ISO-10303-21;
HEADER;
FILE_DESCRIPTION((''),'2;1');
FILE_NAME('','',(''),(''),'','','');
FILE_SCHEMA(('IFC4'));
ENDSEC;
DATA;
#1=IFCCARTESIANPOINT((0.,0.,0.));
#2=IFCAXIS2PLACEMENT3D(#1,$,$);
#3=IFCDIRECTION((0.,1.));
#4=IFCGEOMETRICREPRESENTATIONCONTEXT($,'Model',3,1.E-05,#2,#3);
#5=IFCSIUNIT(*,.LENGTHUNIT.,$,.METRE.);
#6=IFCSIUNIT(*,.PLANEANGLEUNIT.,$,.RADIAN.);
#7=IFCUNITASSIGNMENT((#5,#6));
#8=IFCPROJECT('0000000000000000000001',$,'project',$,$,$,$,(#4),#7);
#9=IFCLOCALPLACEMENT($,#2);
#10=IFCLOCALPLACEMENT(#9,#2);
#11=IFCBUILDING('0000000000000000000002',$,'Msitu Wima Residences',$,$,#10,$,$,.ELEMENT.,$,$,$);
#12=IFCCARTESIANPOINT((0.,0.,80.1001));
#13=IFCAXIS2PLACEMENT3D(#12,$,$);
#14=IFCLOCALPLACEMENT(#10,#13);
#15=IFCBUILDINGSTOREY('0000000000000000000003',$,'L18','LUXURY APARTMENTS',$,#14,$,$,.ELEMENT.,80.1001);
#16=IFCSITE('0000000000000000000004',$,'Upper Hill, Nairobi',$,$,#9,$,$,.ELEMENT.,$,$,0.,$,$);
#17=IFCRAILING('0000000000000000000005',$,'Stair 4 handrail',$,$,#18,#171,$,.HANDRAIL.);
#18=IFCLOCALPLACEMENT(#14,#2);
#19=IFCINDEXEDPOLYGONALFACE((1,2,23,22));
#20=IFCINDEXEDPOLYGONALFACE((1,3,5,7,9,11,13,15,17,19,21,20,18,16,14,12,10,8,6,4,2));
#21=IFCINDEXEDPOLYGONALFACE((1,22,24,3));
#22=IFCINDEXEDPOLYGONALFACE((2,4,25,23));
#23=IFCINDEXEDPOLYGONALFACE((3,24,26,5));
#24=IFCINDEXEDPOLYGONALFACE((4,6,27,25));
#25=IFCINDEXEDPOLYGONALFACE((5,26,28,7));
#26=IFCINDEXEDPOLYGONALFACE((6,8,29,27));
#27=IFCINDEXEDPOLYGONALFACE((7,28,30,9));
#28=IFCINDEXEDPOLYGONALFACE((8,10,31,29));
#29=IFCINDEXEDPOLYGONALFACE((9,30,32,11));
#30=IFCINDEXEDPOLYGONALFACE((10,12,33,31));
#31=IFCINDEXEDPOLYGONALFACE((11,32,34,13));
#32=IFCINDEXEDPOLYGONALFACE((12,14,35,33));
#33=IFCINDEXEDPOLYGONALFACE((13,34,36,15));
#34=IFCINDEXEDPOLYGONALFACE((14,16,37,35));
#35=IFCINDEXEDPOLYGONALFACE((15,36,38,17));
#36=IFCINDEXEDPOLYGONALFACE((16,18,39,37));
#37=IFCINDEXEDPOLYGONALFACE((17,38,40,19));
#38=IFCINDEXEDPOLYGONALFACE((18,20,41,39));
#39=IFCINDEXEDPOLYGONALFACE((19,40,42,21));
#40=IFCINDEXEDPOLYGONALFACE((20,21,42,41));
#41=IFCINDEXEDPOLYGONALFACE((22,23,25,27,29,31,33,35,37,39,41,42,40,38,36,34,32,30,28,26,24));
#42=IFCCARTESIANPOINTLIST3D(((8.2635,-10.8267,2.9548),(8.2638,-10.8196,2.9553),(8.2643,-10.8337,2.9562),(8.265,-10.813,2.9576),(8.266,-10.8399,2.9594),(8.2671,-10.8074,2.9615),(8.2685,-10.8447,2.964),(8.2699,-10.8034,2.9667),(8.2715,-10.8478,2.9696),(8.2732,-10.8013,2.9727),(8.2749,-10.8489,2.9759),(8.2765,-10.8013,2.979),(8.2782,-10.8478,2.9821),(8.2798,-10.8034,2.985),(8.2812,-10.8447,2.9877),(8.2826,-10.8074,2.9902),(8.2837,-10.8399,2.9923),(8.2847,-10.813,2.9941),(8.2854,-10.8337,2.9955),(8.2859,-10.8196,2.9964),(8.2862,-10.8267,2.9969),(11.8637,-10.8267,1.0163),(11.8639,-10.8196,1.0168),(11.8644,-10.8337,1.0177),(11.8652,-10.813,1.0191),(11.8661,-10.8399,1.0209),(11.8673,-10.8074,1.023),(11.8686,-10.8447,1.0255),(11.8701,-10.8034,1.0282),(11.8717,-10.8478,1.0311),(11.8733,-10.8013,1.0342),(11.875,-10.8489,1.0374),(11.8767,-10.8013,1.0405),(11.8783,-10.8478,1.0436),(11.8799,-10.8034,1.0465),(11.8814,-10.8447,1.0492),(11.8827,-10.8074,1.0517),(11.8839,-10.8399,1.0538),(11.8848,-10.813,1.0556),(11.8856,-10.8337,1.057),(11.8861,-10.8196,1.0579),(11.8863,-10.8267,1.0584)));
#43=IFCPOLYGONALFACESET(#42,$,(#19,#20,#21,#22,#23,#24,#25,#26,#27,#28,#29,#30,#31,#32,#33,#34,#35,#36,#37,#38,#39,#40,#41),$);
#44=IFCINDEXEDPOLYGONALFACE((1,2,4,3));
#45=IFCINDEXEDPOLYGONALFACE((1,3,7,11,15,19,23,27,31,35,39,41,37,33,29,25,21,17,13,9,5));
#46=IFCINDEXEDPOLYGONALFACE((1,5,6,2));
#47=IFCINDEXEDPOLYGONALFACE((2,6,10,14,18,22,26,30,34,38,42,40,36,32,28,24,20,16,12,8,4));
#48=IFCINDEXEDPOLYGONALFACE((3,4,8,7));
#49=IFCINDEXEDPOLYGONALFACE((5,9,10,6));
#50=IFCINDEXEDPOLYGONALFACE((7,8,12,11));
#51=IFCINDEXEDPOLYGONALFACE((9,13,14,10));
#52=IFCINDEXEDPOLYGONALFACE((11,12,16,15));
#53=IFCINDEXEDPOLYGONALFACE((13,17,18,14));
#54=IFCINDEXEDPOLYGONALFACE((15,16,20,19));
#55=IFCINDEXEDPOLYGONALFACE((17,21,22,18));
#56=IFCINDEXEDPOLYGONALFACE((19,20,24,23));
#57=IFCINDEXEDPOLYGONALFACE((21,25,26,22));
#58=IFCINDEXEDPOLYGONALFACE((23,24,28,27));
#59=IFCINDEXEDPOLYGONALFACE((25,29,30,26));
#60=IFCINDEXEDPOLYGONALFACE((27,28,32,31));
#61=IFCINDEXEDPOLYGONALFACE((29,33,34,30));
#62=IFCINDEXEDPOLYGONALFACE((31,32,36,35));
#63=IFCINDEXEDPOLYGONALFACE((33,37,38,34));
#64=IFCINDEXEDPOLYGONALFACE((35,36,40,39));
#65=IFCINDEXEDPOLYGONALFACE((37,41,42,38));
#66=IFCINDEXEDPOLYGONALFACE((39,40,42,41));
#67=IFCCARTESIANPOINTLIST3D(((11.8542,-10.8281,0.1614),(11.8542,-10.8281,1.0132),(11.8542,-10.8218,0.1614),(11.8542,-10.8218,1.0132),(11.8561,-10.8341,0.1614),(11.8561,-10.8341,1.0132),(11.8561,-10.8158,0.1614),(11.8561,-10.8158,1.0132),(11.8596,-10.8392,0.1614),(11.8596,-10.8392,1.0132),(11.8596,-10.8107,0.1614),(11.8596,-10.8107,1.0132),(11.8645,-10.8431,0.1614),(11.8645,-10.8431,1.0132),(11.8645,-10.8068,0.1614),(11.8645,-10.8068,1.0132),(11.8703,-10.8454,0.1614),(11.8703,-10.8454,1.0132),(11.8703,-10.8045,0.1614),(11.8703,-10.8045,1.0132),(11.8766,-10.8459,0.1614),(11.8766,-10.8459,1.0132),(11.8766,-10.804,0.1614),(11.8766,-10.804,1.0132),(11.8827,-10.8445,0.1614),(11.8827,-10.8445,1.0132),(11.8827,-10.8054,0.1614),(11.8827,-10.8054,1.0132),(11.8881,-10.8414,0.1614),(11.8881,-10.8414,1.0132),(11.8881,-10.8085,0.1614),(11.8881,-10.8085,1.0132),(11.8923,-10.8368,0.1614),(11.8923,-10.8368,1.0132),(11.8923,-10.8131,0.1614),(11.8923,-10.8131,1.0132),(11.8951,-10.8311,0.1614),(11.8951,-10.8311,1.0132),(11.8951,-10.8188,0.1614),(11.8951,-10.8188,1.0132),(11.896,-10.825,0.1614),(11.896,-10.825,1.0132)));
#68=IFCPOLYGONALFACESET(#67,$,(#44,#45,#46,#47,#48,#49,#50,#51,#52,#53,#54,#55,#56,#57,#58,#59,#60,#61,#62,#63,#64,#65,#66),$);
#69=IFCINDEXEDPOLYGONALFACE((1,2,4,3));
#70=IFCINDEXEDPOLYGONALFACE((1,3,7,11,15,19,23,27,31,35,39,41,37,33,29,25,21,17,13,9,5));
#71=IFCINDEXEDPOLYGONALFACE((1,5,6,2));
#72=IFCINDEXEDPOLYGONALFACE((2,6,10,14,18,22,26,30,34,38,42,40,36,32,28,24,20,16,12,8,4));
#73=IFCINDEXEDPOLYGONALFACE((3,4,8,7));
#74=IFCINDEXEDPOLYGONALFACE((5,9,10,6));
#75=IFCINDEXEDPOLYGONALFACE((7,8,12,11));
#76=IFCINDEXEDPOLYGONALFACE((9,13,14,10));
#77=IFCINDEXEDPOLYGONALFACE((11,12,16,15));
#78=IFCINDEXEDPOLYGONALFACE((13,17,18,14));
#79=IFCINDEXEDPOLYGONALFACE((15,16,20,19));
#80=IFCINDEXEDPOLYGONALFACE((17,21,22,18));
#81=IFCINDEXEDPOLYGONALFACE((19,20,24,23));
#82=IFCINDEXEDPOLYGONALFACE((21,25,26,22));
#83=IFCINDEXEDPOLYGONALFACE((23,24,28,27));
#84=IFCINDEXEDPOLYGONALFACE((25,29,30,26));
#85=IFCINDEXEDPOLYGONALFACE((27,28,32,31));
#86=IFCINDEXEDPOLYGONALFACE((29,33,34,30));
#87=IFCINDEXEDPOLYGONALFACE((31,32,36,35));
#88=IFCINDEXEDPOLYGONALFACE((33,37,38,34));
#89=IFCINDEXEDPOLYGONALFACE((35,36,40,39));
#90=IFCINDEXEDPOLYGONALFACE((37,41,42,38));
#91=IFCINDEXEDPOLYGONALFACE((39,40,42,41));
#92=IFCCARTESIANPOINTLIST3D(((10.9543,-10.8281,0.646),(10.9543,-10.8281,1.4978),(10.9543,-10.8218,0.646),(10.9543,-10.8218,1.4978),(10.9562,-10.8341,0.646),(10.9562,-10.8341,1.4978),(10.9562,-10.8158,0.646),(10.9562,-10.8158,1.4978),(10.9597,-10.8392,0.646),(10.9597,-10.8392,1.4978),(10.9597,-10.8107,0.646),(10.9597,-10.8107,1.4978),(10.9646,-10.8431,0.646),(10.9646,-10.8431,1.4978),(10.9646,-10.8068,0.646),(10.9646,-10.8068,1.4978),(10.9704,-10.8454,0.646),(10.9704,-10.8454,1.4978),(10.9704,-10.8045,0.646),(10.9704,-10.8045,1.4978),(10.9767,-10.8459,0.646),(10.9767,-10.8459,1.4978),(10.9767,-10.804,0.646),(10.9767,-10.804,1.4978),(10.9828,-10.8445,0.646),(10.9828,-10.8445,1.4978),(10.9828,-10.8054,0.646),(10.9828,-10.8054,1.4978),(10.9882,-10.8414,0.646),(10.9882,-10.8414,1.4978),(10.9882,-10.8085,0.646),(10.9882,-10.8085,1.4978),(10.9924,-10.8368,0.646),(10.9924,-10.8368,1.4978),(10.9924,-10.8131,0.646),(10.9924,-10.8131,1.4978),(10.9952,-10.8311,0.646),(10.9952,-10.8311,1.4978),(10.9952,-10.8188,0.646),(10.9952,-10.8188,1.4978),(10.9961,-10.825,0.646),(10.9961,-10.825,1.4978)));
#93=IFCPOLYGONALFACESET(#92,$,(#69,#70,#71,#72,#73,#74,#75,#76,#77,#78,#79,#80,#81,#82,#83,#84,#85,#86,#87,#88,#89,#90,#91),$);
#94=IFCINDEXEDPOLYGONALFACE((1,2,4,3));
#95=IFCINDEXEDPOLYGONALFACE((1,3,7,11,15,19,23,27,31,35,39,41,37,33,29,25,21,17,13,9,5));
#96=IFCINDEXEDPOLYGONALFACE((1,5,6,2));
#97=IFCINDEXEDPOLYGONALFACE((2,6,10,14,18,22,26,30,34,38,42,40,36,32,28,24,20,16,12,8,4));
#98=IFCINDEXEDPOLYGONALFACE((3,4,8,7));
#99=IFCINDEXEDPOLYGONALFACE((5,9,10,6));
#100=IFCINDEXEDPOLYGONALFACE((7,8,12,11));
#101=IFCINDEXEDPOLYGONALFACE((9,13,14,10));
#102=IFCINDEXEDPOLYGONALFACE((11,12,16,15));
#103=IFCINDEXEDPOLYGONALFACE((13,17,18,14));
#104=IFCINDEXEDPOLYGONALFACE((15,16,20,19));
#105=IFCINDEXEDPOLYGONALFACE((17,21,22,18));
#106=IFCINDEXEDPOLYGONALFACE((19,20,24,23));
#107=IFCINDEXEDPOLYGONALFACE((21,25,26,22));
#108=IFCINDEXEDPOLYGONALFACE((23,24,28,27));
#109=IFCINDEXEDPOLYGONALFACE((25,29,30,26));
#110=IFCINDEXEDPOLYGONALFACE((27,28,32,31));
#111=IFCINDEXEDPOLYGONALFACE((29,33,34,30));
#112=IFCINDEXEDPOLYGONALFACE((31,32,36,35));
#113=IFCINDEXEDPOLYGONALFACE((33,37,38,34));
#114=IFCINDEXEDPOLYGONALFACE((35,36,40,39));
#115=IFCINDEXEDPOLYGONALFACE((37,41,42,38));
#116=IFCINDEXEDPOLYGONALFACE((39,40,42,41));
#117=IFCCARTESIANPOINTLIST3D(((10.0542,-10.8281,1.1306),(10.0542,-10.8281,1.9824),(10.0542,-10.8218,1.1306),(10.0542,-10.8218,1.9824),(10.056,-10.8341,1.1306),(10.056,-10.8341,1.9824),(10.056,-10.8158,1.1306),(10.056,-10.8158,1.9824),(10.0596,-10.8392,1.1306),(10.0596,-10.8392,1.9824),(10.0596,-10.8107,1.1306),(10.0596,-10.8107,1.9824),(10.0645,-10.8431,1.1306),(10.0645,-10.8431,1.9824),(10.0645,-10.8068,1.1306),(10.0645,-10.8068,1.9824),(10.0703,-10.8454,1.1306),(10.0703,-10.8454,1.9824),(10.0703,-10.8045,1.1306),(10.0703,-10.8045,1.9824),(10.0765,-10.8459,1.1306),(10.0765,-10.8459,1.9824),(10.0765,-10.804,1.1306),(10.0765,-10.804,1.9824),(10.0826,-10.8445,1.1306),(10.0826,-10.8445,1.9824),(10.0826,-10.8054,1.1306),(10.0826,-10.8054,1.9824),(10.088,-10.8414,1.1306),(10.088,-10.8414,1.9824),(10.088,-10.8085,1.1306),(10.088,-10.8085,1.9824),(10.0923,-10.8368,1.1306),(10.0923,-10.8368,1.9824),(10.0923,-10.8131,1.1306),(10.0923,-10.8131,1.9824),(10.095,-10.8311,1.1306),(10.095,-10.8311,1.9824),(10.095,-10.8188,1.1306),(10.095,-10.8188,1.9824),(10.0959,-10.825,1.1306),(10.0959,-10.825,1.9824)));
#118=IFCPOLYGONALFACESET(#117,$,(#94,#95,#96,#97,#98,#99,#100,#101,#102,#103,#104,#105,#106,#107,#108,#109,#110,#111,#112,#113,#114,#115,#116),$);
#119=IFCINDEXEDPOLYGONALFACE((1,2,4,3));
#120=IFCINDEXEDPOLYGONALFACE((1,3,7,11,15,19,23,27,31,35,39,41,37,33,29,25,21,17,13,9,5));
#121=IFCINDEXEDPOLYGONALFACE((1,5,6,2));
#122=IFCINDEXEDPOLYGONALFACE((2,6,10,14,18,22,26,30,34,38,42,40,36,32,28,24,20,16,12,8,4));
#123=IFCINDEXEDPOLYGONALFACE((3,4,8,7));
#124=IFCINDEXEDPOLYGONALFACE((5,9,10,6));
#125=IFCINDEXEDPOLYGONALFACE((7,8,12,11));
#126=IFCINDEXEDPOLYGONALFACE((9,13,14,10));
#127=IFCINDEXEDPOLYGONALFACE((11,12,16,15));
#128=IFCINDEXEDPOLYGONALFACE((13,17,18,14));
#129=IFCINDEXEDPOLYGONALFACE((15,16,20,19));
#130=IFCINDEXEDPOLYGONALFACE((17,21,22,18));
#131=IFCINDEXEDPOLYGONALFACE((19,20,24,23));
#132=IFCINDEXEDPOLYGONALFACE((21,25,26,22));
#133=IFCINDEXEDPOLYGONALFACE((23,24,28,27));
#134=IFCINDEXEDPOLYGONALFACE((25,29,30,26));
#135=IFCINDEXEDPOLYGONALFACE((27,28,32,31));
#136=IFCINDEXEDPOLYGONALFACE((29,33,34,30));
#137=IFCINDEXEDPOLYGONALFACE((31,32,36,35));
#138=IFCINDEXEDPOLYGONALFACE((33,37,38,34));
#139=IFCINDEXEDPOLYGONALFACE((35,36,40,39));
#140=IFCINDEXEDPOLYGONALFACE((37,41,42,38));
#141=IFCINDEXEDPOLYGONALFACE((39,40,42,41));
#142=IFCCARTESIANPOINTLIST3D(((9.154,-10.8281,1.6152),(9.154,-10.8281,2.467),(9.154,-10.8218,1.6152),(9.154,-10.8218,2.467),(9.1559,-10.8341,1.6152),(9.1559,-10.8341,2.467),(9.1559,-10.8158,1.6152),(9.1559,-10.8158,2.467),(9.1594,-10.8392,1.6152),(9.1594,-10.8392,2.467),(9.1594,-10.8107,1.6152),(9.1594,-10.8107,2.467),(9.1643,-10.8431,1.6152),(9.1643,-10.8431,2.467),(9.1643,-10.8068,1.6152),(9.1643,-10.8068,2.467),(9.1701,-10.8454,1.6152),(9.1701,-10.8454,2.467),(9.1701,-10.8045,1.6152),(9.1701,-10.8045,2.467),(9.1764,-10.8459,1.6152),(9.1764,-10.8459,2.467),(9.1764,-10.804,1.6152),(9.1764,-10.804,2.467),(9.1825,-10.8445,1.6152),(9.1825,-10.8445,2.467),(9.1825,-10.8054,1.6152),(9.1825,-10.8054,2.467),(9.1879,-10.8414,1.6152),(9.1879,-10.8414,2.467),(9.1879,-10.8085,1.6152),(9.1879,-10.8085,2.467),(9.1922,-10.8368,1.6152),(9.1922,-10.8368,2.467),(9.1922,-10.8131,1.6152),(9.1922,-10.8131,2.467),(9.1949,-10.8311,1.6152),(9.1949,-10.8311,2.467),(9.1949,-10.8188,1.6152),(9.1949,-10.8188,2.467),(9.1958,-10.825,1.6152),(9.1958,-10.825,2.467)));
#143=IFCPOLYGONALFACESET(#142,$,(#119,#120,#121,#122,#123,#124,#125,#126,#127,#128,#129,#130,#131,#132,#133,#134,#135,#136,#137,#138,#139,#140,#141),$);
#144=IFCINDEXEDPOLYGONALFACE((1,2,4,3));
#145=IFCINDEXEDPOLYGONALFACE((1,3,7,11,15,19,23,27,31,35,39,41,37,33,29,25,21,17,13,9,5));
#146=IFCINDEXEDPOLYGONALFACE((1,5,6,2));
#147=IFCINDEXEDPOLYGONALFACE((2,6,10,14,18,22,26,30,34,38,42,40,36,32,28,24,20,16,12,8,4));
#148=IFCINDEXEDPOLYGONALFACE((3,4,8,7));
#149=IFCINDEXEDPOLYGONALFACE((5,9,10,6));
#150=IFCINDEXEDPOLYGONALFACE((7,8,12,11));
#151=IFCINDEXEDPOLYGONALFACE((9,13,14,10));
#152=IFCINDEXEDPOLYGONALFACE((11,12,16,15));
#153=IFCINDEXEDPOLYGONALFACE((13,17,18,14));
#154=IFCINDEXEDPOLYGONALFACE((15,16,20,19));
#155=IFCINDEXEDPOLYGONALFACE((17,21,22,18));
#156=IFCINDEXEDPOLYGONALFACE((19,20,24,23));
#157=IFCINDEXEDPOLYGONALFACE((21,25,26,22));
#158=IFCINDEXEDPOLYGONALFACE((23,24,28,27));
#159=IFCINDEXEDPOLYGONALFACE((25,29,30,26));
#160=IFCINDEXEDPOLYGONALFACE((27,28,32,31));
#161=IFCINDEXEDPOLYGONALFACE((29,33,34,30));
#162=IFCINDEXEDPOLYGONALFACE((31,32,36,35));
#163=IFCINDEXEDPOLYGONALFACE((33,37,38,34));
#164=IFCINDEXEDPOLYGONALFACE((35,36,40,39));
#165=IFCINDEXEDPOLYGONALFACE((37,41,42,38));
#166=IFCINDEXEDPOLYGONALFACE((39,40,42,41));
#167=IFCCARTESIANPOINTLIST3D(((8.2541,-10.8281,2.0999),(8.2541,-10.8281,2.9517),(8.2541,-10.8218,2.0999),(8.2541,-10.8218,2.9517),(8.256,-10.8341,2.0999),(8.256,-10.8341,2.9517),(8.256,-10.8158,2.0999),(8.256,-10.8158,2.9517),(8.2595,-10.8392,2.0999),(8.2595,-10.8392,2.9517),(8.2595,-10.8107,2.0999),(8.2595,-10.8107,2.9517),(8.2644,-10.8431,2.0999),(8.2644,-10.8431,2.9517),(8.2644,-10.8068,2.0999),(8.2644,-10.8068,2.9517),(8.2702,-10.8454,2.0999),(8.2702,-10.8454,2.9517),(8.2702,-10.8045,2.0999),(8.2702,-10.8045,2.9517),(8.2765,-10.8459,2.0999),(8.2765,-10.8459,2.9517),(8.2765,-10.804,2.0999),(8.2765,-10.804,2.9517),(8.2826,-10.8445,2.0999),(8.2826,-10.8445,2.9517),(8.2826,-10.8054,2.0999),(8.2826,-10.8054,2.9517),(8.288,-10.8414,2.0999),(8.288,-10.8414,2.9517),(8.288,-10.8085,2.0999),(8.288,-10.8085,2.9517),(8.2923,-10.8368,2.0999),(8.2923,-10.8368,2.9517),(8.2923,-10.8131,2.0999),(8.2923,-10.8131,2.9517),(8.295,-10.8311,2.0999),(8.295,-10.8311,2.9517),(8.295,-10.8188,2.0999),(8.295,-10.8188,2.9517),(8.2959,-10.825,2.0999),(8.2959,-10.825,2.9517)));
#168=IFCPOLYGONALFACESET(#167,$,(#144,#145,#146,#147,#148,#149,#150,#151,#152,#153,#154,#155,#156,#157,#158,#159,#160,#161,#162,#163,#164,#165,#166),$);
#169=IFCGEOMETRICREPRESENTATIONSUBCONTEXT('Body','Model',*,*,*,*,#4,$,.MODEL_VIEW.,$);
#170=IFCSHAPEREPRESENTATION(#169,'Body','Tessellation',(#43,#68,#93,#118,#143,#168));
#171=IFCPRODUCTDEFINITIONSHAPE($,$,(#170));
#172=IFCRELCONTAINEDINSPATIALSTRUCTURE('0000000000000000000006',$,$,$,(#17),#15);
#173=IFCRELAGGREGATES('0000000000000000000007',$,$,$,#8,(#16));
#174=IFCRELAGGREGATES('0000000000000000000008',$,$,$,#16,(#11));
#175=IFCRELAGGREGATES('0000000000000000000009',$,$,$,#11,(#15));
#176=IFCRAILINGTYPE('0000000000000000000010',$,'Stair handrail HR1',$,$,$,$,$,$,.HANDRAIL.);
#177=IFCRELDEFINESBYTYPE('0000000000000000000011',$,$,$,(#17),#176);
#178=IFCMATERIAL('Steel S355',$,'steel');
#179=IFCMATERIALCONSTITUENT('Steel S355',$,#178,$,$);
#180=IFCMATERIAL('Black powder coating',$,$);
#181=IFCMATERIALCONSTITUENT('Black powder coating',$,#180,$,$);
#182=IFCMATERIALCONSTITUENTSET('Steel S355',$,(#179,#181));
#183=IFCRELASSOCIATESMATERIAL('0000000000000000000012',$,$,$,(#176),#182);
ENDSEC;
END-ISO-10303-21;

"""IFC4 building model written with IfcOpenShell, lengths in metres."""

from ifc_helpers import new_model, si_unit, direction, frame, origin, origin_2d, place, context, subcontext, project, spatial, circle, extrude, material, constituent, constituent_set, type_object, element, save


model = new_model("IFC4")

# Units and contexts
model_context = context("Model", 3, precision=1e-05, world=origin(), true_north=direction((0.0, 1.0)))
body_context = subcontext(model_context, "Body", "Model", "MODEL_VIEW")
ifc_project = project(units=[si_unit("LENGTHUNIT", "METRE"), si_unit("PLANEANGLEUNIT", "RADIAN")], contexts=[model_context])

# Site, building, storey
site_placement = place(None, origin())
site = spatial("IfcSite", under=ifc_project, at=site_placement, Name="Upper Hill, Nairobi", CompositionType="ELEMENT", RefElevation=0.0)
building_placement = place(site_placement, origin())
building = spatial("IfcBuilding", under=site, at=building_placement, Name="Msitu Wima Residences", CompositionType="ELEMENT")
storey_placement = place(building_placement, frame((0.0, 0.0, 80.1001)))
storey = spatial("IfcBuildingStorey", under=building, at=storey_placement, Name="L18", Description="LUXURY APARTMENTS", CompositionType="ELEMENT", Elevation=80.1001)

# Railing
ifc_material_1 = material(Name="Steel S355", Category="steel")
ifc_constituent_1 = constituent(ifc_material_1, Name="Steel S355")
ifc_material_2 = material(Name="Black powder coating")
ifc_constituent_2 = constituent(ifc_material_2, Name="Black powder coating")
ifc_constituent_set = constituent_set(constituents=[ifc_constituent_1, ifc_constituent_2], Name="Steel S355")
railing_type = type_object("IfcRailingType", Name="Stair handrail HR1", PredefinedType="HANDRAIL", material=ifc_constituent_set)
for number, where, name in (
    (1, (11.875, -10.825, 0.1614), "Stair 4 handrail"),
):
    element("IfcRailing", number, at=place(storey_placement, frame(where)), inside=storey, type_object=railing_type, Name=name, PredefinedType="HANDRAIL", context=body_context, shape_type="SweptSolid", body=[
        extrude(circle(Radius=0.0239, at=origin_2d()), frame((0.0, 0.0, 0.876), z_axis=(-0.880475, 0.0, 0.474093), x_axis=(0.0, -1.0, 0.0)), (0.0, 0.0, 1.0), 4.0889),
        extrude(circle(Radius=0.021, at=origin_2d()), origin(), (0.0, 0.0, 1.0), 0.8518),
        extrude(circle(Radius=0.021, at=origin_2d()), frame((-0.8999, 0.0, 0.4846)), (0.0, 0.0, 1.0), 0.8518),
        extrude(circle(Radius=0.021, at=origin_2d()), frame((-1.8, 0.0, 0.9692)), (0.0, 0.0, 1.0), 0.8518),
        extrude(circle(Radius=0.021, at=origin_2d()), frame((-2.7002, 0.0, 1.4539)), (0.0, 0.0, 1.0), 0.8518),
        extrude(circle(Radius=0.021, at=origin_2d()), frame((-3.6001, 0.0, 1.9385)), (0.0, 0.0, 1.0), 0.8518),
    ])

save(model, "model.ifc")
